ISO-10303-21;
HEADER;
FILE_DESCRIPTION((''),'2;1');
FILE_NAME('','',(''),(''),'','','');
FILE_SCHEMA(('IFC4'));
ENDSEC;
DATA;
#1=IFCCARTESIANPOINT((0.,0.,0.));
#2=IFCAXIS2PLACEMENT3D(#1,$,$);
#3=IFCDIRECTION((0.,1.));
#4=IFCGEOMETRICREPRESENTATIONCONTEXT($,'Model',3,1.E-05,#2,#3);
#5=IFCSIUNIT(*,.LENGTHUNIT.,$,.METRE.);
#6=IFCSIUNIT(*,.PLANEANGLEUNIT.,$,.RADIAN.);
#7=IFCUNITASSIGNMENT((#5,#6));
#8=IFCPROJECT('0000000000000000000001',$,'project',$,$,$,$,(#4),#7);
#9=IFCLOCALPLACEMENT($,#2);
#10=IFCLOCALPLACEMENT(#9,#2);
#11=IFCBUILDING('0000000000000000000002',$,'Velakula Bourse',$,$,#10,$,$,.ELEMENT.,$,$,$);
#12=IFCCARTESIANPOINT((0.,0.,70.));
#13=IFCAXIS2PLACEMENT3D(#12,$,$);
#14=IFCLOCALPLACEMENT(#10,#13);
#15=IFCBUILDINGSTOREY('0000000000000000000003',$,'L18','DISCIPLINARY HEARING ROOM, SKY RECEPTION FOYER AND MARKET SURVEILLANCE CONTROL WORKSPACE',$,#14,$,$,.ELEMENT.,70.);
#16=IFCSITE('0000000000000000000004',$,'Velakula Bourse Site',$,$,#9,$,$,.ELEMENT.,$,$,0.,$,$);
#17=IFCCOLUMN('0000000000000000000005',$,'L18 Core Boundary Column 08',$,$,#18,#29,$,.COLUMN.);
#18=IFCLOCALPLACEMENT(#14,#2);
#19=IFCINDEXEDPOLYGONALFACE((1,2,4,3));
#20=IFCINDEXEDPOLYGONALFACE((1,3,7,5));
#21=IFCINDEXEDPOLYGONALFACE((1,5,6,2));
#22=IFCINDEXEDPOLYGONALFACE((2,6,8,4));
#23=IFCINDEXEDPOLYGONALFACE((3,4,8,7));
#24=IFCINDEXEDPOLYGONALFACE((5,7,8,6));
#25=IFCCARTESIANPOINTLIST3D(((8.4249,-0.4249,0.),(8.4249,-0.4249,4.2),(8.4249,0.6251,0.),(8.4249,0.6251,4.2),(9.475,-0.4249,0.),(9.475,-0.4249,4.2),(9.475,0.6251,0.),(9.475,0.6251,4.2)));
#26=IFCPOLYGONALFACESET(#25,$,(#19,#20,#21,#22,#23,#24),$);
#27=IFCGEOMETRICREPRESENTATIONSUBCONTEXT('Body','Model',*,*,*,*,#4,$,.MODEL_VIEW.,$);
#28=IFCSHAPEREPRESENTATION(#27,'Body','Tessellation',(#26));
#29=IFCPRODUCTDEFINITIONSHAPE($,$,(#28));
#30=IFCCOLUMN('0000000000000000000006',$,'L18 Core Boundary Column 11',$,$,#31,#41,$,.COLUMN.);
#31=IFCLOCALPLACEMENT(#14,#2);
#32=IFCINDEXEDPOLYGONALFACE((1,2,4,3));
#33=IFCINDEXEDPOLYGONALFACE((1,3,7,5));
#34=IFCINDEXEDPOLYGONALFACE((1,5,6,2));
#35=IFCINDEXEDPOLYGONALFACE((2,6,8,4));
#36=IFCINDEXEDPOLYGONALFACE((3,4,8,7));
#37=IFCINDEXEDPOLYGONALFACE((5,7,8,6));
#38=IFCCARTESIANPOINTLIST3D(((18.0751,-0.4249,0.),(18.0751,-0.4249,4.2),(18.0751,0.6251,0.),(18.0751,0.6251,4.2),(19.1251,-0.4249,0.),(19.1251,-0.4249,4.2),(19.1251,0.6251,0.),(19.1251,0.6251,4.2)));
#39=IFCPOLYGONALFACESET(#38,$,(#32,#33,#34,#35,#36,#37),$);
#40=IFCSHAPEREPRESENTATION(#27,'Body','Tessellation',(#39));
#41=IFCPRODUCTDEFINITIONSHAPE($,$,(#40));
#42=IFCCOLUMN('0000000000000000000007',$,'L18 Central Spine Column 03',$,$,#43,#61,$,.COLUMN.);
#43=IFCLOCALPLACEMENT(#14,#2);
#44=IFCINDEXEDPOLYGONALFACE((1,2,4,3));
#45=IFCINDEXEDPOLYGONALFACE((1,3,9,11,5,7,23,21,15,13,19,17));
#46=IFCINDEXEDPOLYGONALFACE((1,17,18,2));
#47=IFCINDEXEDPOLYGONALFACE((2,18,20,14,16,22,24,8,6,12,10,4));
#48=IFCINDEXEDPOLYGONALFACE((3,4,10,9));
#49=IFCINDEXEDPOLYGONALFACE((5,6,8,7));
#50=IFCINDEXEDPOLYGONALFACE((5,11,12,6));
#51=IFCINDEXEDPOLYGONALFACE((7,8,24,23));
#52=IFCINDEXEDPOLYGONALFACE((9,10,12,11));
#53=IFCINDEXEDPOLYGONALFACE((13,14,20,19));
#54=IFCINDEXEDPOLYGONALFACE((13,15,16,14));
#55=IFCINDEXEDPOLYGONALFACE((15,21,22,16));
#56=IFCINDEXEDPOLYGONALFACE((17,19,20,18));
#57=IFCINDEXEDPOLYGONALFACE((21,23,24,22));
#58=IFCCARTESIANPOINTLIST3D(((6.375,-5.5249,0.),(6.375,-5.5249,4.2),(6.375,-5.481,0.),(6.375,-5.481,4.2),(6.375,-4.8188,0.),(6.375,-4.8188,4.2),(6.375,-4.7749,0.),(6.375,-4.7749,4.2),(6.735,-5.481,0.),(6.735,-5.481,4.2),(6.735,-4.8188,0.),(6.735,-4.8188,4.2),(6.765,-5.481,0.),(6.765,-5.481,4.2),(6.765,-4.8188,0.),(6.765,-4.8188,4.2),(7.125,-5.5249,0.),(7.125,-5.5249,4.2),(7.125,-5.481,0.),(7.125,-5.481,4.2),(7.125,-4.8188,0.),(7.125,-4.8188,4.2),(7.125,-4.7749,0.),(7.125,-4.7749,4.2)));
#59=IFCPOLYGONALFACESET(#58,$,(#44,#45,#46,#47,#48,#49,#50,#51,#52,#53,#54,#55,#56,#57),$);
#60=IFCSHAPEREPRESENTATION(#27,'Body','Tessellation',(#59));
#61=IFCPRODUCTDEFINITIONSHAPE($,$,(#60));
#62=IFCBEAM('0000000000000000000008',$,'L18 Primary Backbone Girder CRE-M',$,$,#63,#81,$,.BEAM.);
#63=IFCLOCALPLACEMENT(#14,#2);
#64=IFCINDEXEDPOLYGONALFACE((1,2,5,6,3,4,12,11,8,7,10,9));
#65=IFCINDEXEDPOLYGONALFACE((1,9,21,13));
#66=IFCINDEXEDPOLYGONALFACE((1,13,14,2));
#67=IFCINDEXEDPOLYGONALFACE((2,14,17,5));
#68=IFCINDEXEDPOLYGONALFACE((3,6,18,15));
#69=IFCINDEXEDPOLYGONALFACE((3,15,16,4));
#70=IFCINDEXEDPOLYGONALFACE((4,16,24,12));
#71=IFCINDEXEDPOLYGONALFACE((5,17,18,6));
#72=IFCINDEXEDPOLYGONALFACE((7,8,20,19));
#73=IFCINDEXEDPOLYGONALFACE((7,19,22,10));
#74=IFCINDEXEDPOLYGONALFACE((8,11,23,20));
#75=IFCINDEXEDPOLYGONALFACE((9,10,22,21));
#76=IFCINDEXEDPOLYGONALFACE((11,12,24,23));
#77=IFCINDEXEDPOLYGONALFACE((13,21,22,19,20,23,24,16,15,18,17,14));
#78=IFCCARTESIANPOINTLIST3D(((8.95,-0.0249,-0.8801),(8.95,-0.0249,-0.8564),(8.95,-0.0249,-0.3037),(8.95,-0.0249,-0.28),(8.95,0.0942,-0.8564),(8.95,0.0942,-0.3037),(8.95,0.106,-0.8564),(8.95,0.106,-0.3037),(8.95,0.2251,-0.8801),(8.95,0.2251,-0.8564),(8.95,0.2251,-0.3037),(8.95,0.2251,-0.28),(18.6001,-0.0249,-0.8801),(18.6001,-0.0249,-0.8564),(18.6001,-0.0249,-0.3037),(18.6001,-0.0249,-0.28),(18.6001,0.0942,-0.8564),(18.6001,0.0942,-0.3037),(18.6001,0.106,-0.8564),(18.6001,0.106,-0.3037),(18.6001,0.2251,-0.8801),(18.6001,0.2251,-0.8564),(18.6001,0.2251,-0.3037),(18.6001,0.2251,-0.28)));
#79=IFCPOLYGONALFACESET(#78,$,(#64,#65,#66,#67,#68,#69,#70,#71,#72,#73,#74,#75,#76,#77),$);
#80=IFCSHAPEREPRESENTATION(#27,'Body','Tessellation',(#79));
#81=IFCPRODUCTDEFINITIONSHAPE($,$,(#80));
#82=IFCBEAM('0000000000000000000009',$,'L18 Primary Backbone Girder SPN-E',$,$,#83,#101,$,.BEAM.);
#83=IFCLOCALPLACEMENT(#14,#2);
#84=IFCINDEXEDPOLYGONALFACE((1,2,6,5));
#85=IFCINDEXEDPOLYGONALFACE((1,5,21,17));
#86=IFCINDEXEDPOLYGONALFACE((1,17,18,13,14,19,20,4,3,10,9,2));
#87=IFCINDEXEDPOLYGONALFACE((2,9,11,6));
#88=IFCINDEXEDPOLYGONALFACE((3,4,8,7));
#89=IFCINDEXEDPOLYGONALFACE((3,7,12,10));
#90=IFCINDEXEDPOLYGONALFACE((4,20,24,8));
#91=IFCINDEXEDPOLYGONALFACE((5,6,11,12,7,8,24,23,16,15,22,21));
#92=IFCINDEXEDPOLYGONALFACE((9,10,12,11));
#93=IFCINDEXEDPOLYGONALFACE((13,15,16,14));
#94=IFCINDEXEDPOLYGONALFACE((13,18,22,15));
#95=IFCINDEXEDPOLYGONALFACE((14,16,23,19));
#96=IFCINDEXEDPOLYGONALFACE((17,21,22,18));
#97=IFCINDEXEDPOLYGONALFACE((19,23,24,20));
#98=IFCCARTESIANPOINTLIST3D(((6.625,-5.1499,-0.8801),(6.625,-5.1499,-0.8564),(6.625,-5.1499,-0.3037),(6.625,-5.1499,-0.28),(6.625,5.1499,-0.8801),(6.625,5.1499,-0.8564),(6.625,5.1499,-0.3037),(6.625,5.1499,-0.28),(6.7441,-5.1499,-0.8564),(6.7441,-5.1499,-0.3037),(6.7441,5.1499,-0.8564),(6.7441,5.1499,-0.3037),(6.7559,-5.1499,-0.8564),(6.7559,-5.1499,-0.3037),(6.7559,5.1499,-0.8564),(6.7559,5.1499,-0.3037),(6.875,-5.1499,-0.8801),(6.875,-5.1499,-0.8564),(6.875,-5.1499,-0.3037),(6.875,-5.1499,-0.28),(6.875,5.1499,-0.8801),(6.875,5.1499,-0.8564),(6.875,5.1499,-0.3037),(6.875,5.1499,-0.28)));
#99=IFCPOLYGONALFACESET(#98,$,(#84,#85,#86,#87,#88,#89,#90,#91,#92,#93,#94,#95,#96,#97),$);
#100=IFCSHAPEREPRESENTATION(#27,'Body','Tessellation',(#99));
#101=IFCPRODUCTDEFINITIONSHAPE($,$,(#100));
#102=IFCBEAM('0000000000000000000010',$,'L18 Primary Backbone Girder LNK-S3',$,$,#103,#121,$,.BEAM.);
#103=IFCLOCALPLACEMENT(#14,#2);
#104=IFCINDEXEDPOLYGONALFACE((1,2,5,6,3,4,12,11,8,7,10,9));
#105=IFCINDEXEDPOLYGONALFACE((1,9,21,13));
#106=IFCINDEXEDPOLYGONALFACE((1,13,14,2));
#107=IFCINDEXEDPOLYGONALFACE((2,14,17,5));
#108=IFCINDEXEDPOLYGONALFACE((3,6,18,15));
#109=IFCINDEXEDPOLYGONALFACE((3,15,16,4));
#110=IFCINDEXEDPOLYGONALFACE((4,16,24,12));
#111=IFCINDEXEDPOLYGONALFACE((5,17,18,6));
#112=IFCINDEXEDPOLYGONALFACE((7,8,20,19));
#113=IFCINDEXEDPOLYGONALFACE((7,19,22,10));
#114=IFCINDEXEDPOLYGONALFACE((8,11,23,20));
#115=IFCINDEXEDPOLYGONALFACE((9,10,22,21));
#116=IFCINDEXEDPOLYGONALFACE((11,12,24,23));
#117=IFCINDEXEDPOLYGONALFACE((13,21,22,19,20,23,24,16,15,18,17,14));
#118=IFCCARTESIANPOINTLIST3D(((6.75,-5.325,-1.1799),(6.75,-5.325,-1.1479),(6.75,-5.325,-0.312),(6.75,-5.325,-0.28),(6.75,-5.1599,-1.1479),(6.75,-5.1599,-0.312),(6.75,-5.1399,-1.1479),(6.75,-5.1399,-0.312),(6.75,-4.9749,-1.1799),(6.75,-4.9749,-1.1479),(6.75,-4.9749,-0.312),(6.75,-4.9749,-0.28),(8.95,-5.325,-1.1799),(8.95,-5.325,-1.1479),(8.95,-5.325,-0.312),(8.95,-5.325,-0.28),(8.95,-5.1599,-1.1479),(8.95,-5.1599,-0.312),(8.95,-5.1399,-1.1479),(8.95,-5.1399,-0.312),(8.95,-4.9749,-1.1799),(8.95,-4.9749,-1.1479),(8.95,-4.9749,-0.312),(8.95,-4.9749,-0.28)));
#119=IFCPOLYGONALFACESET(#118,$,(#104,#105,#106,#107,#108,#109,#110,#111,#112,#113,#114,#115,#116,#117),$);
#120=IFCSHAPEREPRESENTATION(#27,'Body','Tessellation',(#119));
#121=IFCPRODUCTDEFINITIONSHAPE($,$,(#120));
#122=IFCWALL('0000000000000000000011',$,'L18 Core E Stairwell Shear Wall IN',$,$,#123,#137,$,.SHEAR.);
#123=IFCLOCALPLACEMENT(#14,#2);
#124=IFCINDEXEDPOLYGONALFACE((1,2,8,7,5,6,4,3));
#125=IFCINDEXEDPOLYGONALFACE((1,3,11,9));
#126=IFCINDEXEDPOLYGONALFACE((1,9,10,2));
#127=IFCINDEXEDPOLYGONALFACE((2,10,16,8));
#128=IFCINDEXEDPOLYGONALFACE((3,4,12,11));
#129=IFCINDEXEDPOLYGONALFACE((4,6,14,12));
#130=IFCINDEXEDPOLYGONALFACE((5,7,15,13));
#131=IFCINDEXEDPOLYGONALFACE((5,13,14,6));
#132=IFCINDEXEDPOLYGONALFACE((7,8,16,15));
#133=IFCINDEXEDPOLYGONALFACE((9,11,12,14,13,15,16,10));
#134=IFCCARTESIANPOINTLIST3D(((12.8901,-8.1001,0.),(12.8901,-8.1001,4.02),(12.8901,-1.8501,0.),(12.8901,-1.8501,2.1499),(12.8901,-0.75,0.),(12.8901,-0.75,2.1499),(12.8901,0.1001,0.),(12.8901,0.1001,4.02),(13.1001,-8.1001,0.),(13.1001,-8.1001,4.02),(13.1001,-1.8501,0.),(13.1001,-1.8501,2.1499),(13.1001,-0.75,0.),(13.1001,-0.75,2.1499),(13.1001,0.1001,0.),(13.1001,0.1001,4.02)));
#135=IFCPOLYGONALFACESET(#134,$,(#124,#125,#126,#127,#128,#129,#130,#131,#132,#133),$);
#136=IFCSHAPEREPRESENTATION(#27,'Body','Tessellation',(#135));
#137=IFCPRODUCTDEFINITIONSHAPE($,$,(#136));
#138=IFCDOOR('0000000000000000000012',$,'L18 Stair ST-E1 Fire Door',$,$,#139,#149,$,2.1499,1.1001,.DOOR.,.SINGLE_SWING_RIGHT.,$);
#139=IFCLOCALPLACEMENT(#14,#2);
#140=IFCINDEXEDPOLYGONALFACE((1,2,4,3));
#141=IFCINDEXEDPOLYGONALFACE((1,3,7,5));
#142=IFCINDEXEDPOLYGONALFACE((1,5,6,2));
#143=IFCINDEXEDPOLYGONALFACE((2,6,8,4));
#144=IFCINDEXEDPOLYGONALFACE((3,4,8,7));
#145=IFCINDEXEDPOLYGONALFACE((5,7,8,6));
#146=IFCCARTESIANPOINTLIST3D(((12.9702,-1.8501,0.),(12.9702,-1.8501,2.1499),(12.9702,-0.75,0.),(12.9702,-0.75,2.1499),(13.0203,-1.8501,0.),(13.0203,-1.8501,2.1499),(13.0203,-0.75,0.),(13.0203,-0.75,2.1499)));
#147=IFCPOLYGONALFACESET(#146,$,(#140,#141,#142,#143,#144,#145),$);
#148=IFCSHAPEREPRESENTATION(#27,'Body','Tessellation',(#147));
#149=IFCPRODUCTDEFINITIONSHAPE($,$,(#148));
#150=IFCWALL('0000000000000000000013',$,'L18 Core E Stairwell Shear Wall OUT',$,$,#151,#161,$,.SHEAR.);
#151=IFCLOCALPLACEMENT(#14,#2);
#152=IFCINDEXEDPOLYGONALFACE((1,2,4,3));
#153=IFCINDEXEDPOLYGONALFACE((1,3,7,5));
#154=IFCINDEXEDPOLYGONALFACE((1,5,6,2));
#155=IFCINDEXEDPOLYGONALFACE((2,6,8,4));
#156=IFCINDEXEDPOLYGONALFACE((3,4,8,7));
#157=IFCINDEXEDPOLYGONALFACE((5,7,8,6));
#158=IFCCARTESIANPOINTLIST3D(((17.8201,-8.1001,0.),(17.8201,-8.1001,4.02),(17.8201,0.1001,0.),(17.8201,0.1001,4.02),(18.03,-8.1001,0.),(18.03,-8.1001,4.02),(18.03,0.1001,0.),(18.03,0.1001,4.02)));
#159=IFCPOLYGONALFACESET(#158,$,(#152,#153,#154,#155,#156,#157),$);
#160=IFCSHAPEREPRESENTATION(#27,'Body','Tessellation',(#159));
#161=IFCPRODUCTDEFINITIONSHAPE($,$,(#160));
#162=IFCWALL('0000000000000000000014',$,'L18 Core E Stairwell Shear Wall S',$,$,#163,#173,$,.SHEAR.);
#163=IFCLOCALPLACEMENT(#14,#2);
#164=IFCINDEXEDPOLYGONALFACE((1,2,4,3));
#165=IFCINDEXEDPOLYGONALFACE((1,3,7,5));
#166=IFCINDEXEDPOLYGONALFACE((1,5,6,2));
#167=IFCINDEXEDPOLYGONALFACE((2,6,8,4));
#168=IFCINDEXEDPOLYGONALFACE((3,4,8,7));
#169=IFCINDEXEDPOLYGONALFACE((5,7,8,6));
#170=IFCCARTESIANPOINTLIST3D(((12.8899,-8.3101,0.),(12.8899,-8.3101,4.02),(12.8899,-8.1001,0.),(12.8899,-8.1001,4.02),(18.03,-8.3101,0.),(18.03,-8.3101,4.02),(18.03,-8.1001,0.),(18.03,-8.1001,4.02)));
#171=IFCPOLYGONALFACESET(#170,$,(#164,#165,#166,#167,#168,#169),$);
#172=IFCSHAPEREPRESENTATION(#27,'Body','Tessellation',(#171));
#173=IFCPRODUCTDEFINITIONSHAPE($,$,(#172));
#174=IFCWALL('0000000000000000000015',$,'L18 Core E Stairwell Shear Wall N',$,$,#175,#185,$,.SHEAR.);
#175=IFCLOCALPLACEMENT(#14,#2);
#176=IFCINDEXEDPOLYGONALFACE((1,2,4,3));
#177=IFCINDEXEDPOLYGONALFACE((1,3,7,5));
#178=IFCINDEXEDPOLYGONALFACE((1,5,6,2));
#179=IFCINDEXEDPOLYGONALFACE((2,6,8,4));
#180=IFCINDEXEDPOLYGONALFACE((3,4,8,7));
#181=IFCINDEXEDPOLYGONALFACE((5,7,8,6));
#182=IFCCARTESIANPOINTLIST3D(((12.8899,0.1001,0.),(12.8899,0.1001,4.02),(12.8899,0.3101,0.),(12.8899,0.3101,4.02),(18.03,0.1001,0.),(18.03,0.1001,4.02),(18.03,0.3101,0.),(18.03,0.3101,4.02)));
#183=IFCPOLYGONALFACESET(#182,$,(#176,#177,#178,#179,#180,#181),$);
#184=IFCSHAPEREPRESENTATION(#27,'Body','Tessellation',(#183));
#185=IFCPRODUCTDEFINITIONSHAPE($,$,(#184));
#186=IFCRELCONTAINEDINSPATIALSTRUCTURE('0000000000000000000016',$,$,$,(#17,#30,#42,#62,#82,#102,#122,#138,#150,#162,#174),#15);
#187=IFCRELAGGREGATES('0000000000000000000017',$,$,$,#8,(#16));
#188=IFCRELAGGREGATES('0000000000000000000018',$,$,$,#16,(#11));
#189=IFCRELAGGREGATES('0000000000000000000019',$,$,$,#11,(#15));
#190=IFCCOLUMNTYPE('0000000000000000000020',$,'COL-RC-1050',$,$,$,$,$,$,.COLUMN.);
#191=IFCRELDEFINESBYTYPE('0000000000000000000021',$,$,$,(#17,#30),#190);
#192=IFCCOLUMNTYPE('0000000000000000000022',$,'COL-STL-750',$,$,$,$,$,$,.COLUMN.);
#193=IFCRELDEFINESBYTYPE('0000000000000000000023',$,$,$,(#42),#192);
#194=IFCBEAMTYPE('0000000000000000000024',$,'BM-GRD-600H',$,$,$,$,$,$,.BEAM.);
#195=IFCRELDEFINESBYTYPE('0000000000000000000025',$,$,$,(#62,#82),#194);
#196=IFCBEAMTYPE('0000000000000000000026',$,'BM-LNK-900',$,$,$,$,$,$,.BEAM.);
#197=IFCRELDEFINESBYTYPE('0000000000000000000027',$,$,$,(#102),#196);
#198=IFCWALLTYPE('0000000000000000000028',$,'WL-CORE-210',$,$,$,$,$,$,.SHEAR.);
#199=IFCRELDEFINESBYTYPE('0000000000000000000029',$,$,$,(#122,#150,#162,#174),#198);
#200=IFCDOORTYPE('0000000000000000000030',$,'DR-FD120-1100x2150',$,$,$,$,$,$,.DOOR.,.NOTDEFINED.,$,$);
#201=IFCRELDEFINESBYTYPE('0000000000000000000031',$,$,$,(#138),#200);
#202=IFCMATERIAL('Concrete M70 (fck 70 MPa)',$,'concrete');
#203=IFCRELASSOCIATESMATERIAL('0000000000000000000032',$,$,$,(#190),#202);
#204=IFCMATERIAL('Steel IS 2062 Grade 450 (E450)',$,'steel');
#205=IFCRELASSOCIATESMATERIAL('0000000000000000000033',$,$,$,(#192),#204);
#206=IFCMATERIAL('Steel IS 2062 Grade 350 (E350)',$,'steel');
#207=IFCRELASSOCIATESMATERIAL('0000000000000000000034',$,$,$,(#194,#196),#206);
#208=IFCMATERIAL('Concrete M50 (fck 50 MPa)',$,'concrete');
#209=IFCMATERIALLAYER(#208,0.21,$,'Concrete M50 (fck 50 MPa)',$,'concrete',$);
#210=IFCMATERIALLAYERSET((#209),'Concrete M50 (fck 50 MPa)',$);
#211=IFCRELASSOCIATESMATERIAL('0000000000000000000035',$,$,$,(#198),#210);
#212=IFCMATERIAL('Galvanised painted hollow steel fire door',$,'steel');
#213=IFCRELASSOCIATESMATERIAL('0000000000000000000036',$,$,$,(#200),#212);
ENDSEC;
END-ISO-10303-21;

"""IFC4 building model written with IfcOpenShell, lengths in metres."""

from ifc_helpers import new_model, si_unit, direction, frame, frame_2d, origin, origin_2d, place, context, subcontext, project, spatial, rectangle, i_section, extrude, material, layer, layer_set, material_profile, profile_set, type_object, element, fill, save


model = new_model("IFC4")

# Units and contexts
model_context = context("Model", 3, precision=1e-05, world=origin(), true_north=direction((0.0, 1.0)))
body_context = subcontext(model_context, "Body", "Model", "MODEL_VIEW")
ifc_project = project(units=[si_unit("LENGTHUNIT", "METRE"), si_unit("PLANEANGLEUNIT", "RADIAN")], contexts=[model_context])

# Site, building, storey
site_placement = place(None, origin())
site = spatial("IfcSite", under=ifc_project, at=site_placement, Name="Velakula Bourse Site", CompositionType="ELEMENT", RefElevation=0.0)
building_placement = place(site_placement, origin())
building = spatial("IfcBuilding", under=site, at=building_placement, Name="Velakula Bourse", CompositionType="ELEMENT")
storey_placement = place(building_placement, frame((0.0, 0.0, 70.0)))
storey = spatial("IfcBuildingStorey", under=building, at=storey_placement, Name="L18", Description="DISCIPLINARY HEARING ROOM, SKY RECEPTION FOYER AND MARKET SURVEILLANCE CONTROL WORKSPACE", CompositionType="ELEMENT", Elevation=70.0)

# Columns
ifc_material_1 = material(Name="Concrete M70 (fck 70 MPa)", Category="concrete")
ifc_material_profile_1 = material_profile(ifc_material_1, rectangle(XDim=1.05, YDim=1.05, at=origin_2d()), Name="Concrete M70 (fck 70 MPa)")
ifc_profile_set_1 = profile_set([ifc_material_profile_1], Name="Concrete M70 (fck 70 MPa)")
column_type_1 = type_object("IfcColumnType", Name="COL-RC-1050", PredefinedType="COLUMN", material=ifc_profile_set_1)
for number, where, z_axis, x_axis, name in (
    (1, (8.95, 0.1001, 0.0), (0.0, 0.0, 1.0), (1.0, 0.0, 0.0), "L18 Core Boundary Column 08"),
    (2, (18.6001, 0.1001, 0.0), (0.0, 0.0, 1.0), (1.0, 0.0, 0.0), "L18 Core Boundary Column 11"),
):
    element("IfcColumn", number, at=place(storey_placement, frame(where, z_axis=z_axis, x_axis=x_axis)), inside=storey, type_object=column_type_1, Name=name, PredefinedType="COLUMN", context=body_context, shape_type="SweptSolid", body=[
        extrude(rectangle(XDim=1.05, YDim=1.05, at=origin_2d()), origin(), (0.0, 0.0, 1.0), 4.2),
    ])
ifc_material_2 = material(Name="Steel IS 2062 Grade 450 (E450)", Category="steel")
ifc_material_profile_2 = material_profile(ifc_material_2, i_section(OverallWidth=0.75, OverallDepth=0.75, WebThickness=0.03, FlangeThickness=0.0439, at=origin_2d()), Name="Steel IS 2062 Grade 450 (E450)")
ifc_profile_set_2 = profile_set([ifc_material_profile_2], Name="Steel IS 2062 Grade 450 (E450)")
column_type_2 = type_object("IfcColumnType", Name="COL-STL-750", PredefinedType="COLUMN", material=ifc_profile_set_2)
column_placement = place(storey_placement, frame((6.75, -5.1499, 0.0), z_axis=(0.0, 0.0, 1.0), x_axis=(1.0, 0.0, 0.0)))
element("IfcColumn", 3, at=column_placement, inside=storey, type_object=column_type_2, Name="L18 Central Spine Column 03", PredefinedType="COLUMN", context=body_context, shape_type="SweptSolid", body=[
    extrude(i_section(OverallWidth=0.75, OverallDepth=0.75, WebThickness=0.03, FlangeThickness=0.0439, at=origin_2d()), origin(), (0.0, 0.0, 1.0), 4.2),
])

# Beams
ifc_material_3 = material(Name="Steel IS 2062 Grade 350 (E350)", Category="steel")
ifc_material_profile_3 = material_profile(ifc_material_3, i_section(OverallWidth=0.25, OverallDepth=0.6001, WebThickness=0.0117, FlangeThickness=0.0237, at=origin_2d()), Name="Steel IS 2062 Grade 350 (E350)")
ifc_profile_set_3 = profile_set([ifc_material_profile_3], Name="Steel IS 2062 Grade 350 (E350)")
beam_type_1 = type_object("IfcBeamType", Name="BM-GRD-600H", PredefinedType="BEAM", material=ifc_profile_set_3)
beam_1_placement = place(storey_placement, frame((8.95, 0.1001, -0.5801), z_axis=(1.0, 0.0, 0.0), x_axis=(0.0, 1.0, 0.0)))
element("IfcBeam", 4, at=beam_1_placement, inside=storey, type_object=beam_type_1, Name="L18 Primary Backbone Girder CRE-M", PredefinedType="BEAM", context=body_context, shape_type="SweptSolid", body=[
    extrude(i_section(OverallWidth=0.25, OverallDepth=0.6001, WebThickness=0.0117, FlangeThickness=0.0237, at=origin_2d()), origin(), (0.0, 0.0, 1.0), 9.6501),
])
beam_2_placement = place(storey_placement, frame((6.75, -5.1499, -0.5801), z_axis=(0.0, 1.0, 0.0), x_axis=(-1.0, 0.0, 0.0)))
element("IfcBeam", 5, at=beam_2_placement, inside=storey, type_object=beam_type_1, Name="L18 Primary Backbone Girder SPN-E", PredefinedType="BEAM", context=body_context, shape_type="SweptSolid", body=[
    extrude(i_section(OverallWidth=0.25, OverallDepth=0.6001, WebThickness=0.0117, FlangeThickness=0.0237, at=origin_2d()), origin(), (0.0, 0.0, 1.0), 10.2998),
])
ifc_material_profile_4 = material_profile(ifc_material_3, i_section(OverallWidth=0.3501, OverallDepth=0.8999, WebThickness=0.02, FlangeThickness=0.032, at=origin_2d()), Name="Steel IS 2062 Grade 350 (E350)")
ifc_profile_set_4 = profile_set([ifc_material_profile_4], Name="Steel IS 2062 Grade 350 (E350)")
beam_type_2 = type_object("IfcBeamType", Name="BM-LNK-900", PredefinedType="BEAM", material=ifc_profile_set_4)
beam_3_placement = place(storey_placement, frame((6.75, -5.1499, -0.73), z_axis=(1.0, 0.0, 0.0), x_axis=(0.0, 1.0, 0.0)))
element("IfcBeam", 6, at=beam_3_placement, inside=storey, type_object=beam_type_2, Name="L18 Primary Backbone Girder LNK-S3", PredefinedType="BEAM", context=body_context, shape_type="SweptSolid", body=[
    extrude(i_section(OverallWidth=0.3501, OverallDepth=0.8999, WebThickness=0.02, FlangeThickness=0.032, at=origin_2d()), origin(), (0.0, 0.0, 1.0), 2.2),
])

# Wall, opening, door
ifc_material_4 = material(Name="Concrete M50 (fck 50 MPa)", Category="concrete")
ifc_layer_1 = layer(ifc_material_4, 0.21, Name="Concrete M50 (fck 50 MPa)", Category="concrete")
ifc_layer_set_1 = layer_set([ifc_layer_1], Name="Concrete M50 (fck 50 MPa)")
wall_type_1 = type_object("IfcWallType", Name="WL-CORE-210", PredefinedType="SHEAR", material=ifc_layer_set_1)
wall_1_placement = place(storey_placement, frame((12.9951, -8.1001, 0.0), z_axis=(0.0, 0.0, 1.0), x_axis=(0.0, 1.0, 0.0)))
wall_1 = element("IfcWall", 7, at=wall_1_placement, inside=storey, type_object=wall_type_1, Name="L18 Core E Stairwell Shear Wall IN", PredefinedType="SHEAR", context=body_context, shape_type="SweptSolid", body=[
    extrude(rectangle(XDim=8.2002, YDim=0.21, at=frame_2d((4.1001, 0.0))), origin(), (0.0, 0.0, 1.0), 4.02),
])
opening_1_placement = place(wall_1_placement, frame((6.25, 0.0, 0.0)))
opening_1 = element("IfcOpeningElement", 8, at=opening_1_placement, cuts=wall_1, PredefinedType="OPENING", context=body_context, shape_type="SweptSolid", body=[
    extrude(rectangle(XDim=1.1001, YDim=2.1499, at=frame_2d((0.55, 1.075))), frame((0.0, 0.115, 0.0), z_axis=(0.0, -1.0, 0.0), x_axis=(1.0, 0.0, 0.0)), (0.0, 0.0, 1.0), 0.23),
])
ifc_material_5 = material(Name="Galvanised painted hollow steel fire door", Category="steel")
door_type_1 = type_object("IfcDoorType", Name="DR-FD120-1100x2150", OperationType="NOTDEFINED", PredefinedType="DOOR", material=ifc_material_5)
door_1_placement = place(opening_1_placement, origin())
door_1 = element("IfcDoor", 9, at=door_1_placement, inside=storey, type_object=door_type_1, Name="L18 Stair ST-E1 Fire Door", OperationType="SINGLE_SWING_RIGHT", OverallHeight=2.1499, OverallWidth=1.1001, PredefinedType="DOOR", context=body_context, shape_type="SweptSolid", body=[
    extrude(rectangle(XDim=1.1001, YDim=2.1499, at=frame_2d((0.55, 1.075))), frame((0.0, 0.0249, 0.0), z_axis=(0.0, -1.0, 0.0), x_axis=(1.0, 0.0, 0.0)), (0.0, 0.0, 1.0), 0.05),
])
fill(opening_1, door_1)

# Walls
wall_2_placement = place(storey_placement, frame((17.925, -8.1001, 0.0), z_axis=(0.0, 0.0, 1.0), x_axis=(0.0, 1.0, 0.0)))
element("IfcWall", 10, at=wall_2_placement, inside=storey, type_object=wall_type_1, Name="L18 Core E Stairwell Shear Wall OUT", PredefinedType="SHEAR", context=body_context, shape_type="SweptSolid", body=[
    extrude(rectangle(XDim=8.2002, YDim=0.21, at=frame_2d((4.1001, 0.0))), origin(), (0.0, 0.0, 1.0), 4.02),
])
for number, where, z_axis, x_axis, name in (
    (11, (12.8899, -8.2051, 0.0), (0.0, 0.0, 1.0), (1.0, 0.0, 0.0), "L18 Core E Stairwell Shear Wall S"),
    (12, (18.03, 0.2051, 0.0), (0.0, 0.0, 1.0), (-1.0, 0.0, 0.0), "L18 Core E Stairwell Shear Wall N"),
):
    element("IfcWall", number, at=place(storey_placement, frame(where, z_axis=z_axis, x_axis=x_axis)), inside=storey, type_object=wall_type_1, Name=name, PredefinedType="SHEAR", context=body_context, shape_type="SweptSolid", body=[
        extrude(rectangle(XDim=5.1401, YDim=0.21, at=frame_2d((2.5701, 0.0))), origin(), (0.0, 0.0, 1.0), 4.02),
    ])

save(model, "model.ifc")
